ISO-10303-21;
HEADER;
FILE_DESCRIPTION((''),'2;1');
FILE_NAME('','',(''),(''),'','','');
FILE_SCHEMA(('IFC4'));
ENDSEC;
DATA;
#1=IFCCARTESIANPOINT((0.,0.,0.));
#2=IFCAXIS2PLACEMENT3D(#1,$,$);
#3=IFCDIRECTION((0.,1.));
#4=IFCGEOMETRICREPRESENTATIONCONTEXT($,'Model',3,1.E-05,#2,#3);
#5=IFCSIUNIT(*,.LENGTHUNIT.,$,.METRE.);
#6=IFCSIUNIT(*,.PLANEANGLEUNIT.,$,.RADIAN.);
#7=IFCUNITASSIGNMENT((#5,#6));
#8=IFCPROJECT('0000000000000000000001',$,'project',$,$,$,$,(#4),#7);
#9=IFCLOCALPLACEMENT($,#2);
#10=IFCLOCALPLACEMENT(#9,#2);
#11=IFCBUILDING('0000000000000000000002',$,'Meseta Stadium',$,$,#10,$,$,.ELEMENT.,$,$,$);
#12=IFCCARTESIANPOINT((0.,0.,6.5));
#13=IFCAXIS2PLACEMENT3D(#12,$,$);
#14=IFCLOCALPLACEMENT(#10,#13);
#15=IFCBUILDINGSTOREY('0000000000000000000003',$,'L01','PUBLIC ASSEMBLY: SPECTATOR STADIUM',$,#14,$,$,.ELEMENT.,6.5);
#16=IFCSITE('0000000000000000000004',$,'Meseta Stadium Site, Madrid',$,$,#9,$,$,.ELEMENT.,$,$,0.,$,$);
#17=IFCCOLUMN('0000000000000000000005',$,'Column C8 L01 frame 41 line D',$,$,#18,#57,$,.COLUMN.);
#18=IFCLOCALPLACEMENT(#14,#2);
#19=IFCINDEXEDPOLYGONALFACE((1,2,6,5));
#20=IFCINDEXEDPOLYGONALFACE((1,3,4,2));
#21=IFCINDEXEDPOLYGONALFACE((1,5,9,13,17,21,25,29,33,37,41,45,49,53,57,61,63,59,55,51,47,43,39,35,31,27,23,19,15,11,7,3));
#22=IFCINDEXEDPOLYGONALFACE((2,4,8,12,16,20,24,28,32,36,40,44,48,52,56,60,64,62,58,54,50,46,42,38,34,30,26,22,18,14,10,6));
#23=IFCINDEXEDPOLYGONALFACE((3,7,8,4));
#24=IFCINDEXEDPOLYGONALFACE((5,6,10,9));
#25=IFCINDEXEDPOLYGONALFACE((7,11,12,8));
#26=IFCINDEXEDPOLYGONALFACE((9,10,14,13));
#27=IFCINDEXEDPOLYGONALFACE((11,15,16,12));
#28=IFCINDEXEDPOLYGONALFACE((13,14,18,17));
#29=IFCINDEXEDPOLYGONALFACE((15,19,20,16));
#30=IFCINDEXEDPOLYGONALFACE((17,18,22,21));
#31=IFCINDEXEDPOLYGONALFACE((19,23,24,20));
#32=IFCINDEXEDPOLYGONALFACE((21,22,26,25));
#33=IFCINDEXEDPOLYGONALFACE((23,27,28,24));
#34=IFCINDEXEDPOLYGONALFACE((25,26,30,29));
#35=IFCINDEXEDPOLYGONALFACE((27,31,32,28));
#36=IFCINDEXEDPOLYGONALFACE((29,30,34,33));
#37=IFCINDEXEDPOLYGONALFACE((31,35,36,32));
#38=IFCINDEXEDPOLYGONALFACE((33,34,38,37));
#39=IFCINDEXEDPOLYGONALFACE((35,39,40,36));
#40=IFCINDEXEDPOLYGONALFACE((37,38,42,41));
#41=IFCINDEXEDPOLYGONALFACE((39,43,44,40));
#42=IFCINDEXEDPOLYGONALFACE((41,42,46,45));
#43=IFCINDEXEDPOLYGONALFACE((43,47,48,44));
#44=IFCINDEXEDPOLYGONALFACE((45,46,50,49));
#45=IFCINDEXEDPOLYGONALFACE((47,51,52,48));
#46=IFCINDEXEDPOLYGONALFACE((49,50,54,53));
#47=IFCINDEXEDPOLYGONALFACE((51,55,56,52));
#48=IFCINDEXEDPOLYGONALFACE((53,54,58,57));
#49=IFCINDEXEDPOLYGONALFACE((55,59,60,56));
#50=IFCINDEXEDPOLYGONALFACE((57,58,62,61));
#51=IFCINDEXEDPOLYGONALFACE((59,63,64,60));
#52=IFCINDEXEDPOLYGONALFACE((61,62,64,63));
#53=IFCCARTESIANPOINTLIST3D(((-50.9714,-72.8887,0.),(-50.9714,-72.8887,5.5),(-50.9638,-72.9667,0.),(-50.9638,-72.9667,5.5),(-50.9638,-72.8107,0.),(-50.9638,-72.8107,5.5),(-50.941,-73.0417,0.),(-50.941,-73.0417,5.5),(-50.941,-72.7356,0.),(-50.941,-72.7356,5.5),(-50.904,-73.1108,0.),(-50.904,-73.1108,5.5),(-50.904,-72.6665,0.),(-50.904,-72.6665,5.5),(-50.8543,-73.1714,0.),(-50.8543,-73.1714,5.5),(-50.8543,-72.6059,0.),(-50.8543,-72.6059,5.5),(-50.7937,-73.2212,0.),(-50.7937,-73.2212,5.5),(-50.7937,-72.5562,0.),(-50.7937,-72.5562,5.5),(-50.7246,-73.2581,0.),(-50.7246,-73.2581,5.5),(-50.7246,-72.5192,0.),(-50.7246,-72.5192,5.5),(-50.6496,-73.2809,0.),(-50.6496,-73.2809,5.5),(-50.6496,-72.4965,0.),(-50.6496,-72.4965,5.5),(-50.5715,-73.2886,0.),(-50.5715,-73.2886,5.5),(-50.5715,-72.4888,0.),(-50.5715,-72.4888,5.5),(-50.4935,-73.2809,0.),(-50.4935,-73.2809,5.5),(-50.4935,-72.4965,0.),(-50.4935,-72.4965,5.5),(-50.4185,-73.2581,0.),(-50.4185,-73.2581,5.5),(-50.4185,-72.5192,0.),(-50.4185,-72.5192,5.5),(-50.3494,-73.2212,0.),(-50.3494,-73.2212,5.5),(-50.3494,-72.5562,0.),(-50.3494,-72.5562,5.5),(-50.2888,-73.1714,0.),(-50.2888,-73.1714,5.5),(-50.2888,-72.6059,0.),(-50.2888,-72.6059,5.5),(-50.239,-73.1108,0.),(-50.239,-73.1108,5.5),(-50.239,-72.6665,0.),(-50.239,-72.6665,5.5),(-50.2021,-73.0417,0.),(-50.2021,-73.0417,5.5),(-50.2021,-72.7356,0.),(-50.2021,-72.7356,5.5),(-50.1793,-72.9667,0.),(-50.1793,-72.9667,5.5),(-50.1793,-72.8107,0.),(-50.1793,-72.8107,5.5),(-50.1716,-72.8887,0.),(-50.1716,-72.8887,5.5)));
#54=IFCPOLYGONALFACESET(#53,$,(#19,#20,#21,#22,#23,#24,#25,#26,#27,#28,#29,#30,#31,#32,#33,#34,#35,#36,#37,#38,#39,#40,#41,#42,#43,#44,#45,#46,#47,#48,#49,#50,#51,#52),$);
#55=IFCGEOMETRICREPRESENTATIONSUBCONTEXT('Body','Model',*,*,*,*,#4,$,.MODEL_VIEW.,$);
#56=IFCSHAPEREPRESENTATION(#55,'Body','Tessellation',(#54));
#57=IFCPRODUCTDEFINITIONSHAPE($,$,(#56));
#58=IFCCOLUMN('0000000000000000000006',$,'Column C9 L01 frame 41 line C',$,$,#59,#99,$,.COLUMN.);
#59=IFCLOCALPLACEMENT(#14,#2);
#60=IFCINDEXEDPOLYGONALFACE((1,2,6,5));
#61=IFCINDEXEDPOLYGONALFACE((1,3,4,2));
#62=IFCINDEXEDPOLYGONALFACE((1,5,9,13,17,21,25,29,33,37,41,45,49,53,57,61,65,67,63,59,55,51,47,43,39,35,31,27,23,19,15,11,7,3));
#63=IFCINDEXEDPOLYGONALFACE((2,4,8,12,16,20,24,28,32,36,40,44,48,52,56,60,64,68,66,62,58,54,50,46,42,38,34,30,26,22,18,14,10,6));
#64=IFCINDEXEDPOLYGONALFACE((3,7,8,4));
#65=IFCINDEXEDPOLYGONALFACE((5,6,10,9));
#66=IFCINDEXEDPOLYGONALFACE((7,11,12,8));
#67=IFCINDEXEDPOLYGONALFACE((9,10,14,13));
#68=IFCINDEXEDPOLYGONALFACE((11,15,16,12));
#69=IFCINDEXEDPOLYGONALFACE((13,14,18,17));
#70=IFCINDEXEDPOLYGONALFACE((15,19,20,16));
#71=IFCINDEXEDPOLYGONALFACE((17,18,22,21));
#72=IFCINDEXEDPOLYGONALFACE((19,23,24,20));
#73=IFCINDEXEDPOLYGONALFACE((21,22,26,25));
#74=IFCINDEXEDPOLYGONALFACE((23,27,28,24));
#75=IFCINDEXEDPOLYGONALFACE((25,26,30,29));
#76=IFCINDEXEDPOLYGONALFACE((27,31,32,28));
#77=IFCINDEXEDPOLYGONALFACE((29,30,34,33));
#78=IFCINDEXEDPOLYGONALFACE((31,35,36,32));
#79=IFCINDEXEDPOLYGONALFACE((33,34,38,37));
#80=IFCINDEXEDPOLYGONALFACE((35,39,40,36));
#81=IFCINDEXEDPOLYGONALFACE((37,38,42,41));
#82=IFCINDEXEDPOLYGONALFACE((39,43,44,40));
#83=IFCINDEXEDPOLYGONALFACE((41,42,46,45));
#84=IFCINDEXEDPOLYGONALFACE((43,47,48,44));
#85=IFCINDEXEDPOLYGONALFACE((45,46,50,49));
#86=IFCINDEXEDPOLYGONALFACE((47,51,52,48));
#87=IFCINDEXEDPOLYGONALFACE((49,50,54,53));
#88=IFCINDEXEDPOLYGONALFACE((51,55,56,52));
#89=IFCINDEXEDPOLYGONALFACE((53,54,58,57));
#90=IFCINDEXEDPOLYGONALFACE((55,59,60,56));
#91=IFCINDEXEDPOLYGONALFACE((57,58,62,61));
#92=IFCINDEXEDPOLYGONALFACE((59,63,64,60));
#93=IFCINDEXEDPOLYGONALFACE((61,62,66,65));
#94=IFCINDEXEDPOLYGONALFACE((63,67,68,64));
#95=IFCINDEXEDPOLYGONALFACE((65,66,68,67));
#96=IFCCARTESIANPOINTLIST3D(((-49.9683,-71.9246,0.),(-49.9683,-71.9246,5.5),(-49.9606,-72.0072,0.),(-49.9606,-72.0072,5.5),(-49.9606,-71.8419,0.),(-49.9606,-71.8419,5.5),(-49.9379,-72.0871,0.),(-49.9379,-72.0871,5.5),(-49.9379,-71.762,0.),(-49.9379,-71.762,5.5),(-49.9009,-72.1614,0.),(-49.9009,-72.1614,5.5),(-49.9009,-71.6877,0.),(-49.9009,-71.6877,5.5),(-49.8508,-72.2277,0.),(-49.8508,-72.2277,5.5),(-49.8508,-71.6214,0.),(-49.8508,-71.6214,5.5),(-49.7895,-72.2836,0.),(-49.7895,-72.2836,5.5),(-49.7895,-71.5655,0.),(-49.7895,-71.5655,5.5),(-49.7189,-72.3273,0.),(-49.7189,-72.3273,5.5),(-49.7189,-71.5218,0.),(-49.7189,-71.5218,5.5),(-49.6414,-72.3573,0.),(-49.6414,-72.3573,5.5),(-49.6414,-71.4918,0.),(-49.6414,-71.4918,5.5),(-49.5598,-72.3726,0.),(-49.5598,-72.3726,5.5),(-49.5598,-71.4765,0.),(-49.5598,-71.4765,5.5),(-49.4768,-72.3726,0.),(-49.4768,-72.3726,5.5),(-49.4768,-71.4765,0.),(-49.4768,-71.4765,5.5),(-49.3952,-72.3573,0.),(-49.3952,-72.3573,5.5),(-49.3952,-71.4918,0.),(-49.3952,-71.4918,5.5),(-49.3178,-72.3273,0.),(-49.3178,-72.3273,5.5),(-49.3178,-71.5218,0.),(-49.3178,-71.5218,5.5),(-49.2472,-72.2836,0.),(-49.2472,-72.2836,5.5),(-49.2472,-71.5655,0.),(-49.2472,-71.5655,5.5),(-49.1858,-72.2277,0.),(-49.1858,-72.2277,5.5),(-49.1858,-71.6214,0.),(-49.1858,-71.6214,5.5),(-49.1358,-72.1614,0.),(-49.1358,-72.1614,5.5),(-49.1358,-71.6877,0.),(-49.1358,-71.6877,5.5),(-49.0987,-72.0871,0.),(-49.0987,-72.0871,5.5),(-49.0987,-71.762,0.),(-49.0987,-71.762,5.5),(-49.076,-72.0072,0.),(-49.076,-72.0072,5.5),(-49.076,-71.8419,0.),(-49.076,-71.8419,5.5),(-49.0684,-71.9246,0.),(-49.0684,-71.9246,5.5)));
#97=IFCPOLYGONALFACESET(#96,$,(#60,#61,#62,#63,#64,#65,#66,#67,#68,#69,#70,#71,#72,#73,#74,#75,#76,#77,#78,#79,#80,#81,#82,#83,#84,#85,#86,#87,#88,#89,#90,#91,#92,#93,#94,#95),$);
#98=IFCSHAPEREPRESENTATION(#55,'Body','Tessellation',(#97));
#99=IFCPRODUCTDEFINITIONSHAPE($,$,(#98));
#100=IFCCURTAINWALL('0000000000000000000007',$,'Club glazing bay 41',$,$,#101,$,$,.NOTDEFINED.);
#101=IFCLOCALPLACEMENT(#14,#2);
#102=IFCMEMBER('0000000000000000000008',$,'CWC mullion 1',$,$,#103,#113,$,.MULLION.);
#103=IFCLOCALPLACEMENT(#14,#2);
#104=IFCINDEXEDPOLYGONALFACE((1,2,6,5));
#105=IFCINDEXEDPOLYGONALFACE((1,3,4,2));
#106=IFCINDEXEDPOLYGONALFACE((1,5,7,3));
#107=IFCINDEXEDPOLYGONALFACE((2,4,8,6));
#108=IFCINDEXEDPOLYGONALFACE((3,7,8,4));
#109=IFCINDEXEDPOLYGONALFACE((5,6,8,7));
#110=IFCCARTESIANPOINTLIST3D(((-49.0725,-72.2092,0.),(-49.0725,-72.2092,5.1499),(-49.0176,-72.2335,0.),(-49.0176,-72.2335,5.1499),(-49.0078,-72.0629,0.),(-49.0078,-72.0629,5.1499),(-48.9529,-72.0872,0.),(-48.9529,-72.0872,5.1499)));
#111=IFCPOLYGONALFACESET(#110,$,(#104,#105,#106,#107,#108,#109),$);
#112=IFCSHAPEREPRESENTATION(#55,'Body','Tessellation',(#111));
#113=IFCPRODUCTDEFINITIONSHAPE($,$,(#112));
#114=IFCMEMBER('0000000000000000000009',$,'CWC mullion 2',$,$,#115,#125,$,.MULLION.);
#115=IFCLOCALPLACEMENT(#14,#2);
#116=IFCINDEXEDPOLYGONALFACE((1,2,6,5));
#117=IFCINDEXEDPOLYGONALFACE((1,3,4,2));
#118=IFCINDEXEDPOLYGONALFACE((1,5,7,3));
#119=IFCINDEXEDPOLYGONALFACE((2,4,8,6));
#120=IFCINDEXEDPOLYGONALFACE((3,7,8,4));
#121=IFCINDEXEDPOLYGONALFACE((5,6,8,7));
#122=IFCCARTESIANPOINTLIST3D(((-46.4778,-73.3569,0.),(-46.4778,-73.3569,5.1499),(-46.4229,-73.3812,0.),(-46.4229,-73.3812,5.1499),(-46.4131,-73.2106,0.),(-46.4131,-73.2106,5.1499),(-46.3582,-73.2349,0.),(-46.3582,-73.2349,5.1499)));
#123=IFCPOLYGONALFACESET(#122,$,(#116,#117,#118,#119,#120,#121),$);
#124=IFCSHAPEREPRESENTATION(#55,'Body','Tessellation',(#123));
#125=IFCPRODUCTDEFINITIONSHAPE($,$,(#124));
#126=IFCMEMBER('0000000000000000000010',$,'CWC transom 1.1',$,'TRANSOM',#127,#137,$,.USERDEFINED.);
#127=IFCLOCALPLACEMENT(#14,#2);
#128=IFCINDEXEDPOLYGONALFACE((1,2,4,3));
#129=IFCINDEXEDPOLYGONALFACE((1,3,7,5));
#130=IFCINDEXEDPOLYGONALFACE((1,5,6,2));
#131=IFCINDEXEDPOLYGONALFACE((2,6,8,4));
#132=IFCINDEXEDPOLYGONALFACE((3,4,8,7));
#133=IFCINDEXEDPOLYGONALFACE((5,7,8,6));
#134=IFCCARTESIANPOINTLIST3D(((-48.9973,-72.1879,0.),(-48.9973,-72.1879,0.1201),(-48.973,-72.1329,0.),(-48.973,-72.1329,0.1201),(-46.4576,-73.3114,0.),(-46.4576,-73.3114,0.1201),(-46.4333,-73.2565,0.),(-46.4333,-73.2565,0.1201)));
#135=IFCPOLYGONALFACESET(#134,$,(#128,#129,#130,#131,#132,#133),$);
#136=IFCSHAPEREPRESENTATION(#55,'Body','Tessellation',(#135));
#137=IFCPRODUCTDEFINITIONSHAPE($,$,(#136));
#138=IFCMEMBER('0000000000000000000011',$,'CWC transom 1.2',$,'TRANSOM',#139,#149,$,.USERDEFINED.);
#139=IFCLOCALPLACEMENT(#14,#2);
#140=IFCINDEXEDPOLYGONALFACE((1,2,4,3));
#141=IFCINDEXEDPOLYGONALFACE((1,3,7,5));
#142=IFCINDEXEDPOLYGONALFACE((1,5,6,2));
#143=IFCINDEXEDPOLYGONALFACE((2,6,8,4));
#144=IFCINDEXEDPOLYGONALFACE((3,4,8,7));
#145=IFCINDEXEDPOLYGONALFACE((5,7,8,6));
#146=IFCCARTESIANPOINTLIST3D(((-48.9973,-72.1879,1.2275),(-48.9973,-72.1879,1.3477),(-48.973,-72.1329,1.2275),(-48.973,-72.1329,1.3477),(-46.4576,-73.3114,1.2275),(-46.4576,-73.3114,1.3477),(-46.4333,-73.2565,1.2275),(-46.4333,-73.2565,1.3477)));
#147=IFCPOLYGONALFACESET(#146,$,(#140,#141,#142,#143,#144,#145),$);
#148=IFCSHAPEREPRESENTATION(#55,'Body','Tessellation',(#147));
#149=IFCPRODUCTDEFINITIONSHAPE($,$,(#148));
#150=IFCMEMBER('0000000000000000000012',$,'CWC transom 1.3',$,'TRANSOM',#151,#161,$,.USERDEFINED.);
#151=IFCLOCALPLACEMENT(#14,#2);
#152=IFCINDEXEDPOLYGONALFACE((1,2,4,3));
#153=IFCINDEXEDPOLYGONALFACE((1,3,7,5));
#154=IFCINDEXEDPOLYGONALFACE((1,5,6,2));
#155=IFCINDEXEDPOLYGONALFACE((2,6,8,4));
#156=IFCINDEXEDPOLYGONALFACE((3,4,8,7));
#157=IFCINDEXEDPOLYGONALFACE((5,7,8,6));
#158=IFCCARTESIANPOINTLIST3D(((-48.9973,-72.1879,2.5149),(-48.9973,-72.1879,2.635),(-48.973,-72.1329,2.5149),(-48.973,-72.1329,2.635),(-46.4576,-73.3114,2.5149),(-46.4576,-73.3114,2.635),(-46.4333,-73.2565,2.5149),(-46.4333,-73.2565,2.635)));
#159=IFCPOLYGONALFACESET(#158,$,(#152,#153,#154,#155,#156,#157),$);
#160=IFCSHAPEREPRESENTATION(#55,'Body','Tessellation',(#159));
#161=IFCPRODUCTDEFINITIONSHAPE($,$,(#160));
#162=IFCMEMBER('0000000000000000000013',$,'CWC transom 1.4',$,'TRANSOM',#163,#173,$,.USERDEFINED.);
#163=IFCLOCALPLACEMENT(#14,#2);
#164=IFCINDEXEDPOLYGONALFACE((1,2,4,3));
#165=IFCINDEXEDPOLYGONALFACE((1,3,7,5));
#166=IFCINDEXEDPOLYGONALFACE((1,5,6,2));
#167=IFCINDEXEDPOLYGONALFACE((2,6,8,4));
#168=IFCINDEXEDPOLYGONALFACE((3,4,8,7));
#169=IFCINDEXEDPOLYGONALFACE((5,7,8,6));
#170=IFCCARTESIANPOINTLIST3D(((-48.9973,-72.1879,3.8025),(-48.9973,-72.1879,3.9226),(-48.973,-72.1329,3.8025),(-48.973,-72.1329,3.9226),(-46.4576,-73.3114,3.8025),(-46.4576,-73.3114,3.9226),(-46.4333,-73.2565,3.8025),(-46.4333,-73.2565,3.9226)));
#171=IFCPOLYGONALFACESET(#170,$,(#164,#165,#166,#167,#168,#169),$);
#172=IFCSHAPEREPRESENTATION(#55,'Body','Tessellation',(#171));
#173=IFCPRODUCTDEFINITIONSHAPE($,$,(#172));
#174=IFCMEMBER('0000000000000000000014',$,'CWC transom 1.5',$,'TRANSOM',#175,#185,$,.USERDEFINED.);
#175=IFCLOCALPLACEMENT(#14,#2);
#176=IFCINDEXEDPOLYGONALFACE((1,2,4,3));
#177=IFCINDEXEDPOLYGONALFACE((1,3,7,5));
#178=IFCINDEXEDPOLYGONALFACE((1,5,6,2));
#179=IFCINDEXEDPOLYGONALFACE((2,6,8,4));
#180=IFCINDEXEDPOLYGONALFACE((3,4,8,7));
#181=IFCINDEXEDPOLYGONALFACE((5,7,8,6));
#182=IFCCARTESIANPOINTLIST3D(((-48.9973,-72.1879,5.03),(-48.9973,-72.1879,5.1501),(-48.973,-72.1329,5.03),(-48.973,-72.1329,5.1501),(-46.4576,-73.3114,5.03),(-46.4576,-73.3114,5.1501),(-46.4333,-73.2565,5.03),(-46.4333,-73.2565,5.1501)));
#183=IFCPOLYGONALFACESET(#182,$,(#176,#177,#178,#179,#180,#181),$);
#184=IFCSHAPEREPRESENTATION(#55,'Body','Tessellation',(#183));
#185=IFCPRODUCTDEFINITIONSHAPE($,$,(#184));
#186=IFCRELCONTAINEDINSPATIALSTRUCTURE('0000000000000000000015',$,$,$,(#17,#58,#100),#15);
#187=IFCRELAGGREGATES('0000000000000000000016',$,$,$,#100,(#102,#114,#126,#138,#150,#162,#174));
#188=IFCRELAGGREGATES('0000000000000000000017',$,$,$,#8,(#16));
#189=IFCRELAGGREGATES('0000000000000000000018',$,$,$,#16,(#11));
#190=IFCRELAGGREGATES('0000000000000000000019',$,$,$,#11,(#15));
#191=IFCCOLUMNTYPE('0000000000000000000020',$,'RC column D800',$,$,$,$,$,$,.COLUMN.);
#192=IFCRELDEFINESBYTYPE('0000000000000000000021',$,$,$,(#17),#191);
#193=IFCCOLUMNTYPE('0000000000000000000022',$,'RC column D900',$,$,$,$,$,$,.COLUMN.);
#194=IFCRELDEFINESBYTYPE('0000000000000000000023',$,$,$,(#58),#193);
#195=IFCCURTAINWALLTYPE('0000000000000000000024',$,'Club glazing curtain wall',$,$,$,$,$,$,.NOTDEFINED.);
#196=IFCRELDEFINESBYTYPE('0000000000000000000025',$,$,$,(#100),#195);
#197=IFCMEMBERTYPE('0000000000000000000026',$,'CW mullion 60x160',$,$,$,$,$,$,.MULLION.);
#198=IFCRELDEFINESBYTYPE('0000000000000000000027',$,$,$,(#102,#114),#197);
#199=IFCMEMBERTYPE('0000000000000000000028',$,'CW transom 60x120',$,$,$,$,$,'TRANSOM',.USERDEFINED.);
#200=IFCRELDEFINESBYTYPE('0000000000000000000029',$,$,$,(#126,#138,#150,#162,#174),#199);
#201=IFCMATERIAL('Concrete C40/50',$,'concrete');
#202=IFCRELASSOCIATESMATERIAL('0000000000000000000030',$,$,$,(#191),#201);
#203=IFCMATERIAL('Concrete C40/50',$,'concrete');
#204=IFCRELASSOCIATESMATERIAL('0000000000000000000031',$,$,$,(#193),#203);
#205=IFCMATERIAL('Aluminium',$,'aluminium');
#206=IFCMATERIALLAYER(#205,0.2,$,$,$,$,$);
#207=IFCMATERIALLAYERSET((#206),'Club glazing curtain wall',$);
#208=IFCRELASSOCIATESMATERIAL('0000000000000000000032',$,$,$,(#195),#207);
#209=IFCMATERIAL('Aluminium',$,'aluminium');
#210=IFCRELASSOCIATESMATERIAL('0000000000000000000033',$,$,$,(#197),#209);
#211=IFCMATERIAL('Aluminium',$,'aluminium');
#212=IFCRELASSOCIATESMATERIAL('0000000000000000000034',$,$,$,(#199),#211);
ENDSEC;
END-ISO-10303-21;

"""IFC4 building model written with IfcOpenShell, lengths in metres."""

from ifc_helpers import new_model, si_unit, direction, frame, origin, origin_2d, place, context, subcontext, project, spatial, rectangle, circle, extrude, material, layer, layer_set, material_profile, profile_set, type_object, element, aggregate, save


model = new_model("IFC4")

# Units and contexts
model_context = context("Model", 3, precision=1e-05, world=origin(), true_north=direction((0.0, 1.0)))
body_context = subcontext(model_context, "Body", "Model", "MODEL_VIEW")
ifc_project = project(units=[si_unit("LENGTHUNIT", "METRE"), si_unit("PLANEANGLEUNIT", "RADIAN")], contexts=[model_context])

# Site, building, storey
site_placement = place(None, origin())
site = spatial("IfcSite", under=ifc_project, at=site_placement, Name="Meseta Stadium Site, Madrid", CompositionType="ELEMENT", RefElevation=0.0)
building_placement = place(site_placement, origin())
building = spatial("IfcBuilding", under=site, at=building_placement, Name="Meseta Stadium", CompositionType="ELEMENT")
storey_placement = place(building_placement, frame((0.0, 0.0, 6.5)))
storey = spatial("IfcBuildingStorey", under=building, at=storey_placement, Name="L01", Description="PUBLIC ASSEMBLY: SPECTATOR STADIUM", CompositionType="ELEMENT", Elevation=6.5)

# Columns
ifc_material_1 = material(Name="Concrete C40/50", Category="concrete")
ifc_material_profile_1 = material_profile(ifc_material_1, circle(Radius=0.3999, at=origin_2d()), Name="RC D800")
ifc_profile_set_1 = profile_set([ifc_material_profile_1], Name="Concrete C40/50")
column_type_1 = type_object("IfcColumnType", Name="RC column D800", PredefinedType="COLUMN", material=ifc_profile_set_1)
column_1_placement = place(storey_placement, frame((-50.5715, -72.8887, 0.0), z_axis=(0.0, 0.0, 1.0), x_axis=(1.0, 0.0, 0.0)))
element("IfcColumn", 1, at=column_1_placement, inside=storey, type_object=column_type_1, Name="Column C8 L01 frame 41 line D", PredefinedType="COLUMN", context=body_context, shape_type="SweptSolid", body=[
    extrude(circle(Radius=0.3999, at=origin_2d()), origin(), (0.0, 0.0, 1.0), 5.5),
])
ifc_material_2 = material(Name="Concrete C40/50", Category="concrete")
ifc_material_profile_2 = material_profile(ifc_material_2, circle(Radius=0.45, at=origin_2d()), Name="RC D900")
ifc_profile_set_2 = profile_set([ifc_material_profile_2], Name="Concrete C40/50")
column_type_2 = type_object("IfcColumnType", Name="RC column D900", PredefinedType="COLUMN", material=ifc_profile_set_2)
column_2_placement = place(storey_placement, frame((-49.5183, -71.9246, 0.0), z_axis=(0.0, 0.0, 1.0), x_axis=(1.0, 0.0, 0.0)))
element("IfcColumn", 2, at=column_2_placement, inside=storey, type_object=column_type_2, Name="Column C9 L01 frame 41 line C", PredefinedType="COLUMN", context=body_context, shape_type="SweptSolid", body=[
    extrude(circle(Radius=0.45, at=origin_2d()), origin(), (0.0, 0.0, 1.0), 5.5),
])

# Curtain wall, members
ifc_material_3 = material(Name="Aluminium", Category="aluminium")
ifc_layer_1 = layer(ifc_material_3, 0.2)
ifc_layer_set_1 = layer_set([ifc_layer_1], Name="Club glazing curtain wall")
curtain_wall_type = type_object("IfcCurtainWallType", Name="Club glazing curtain wall", PredefinedType="NOTDEFINED", material=ifc_layer_set_1)
curtain_wall_placement = place(storey_placement, origin())
curtain_wall = element("IfcCurtainWall", 3, at=curtain_wall_placement, inside=storey, type_object=curtain_wall_type, Name="Club glazing bay 41", PredefinedType="NOTDEFINED")
ifc_material_4 = material(Name="Aluminium", Category="aluminium")
ifc_material_profile_3 = material_profile(ifc_material_4, rectangle(XDim=0.1599, YDim=0.0601, at=origin_2d()), Name="CW 160x60")
ifc_profile_set_3 = profile_set([ifc_material_profile_3], Name="Aluminium")
member_type_1 = type_object("IfcMemberType", Name="CW mullion 60x160", PredefinedType="MULLION", material=ifc_profile_set_3)
member_1_placement = place(storey_placement, frame((-49.0127, -72.1482, 0.0), z_axis=(0.0, 0.0, 1.0), x_axis=(0.404524, 0.914527, 0.0)))
member_1 = element("IfcMember", 4, at=member_1_placement, type_object=member_type_1, Name="CWC mullion 1", PredefinedType="MULLION", context=body_context, shape_type="SweptSolid", body=[
    extrude(rectangle(XDim=0.1599, YDim=0.0601, at=origin_2d()), origin(), (0.0, 0.0, 1.0), 5.1499),
])
member_2_placement = place(storey_placement, frame((-46.418, -73.2959, 0.0), z_axis=(0.0, 0.0, 1.0), x_axis=(0.404524, 0.914527, 0.0)))
member_2 = element("IfcMember", 5, at=member_2_placement, type_object=member_type_1, Name="CWC mullion 2", PredefinedType="MULLION", context=body_context, shape_type="SweptSolid", body=[
    extrude(rectangle(XDim=0.1599, YDim=0.0601, at=origin_2d()), origin(), (0.0, 0.0, 1.0), 5.1499),
])
ifc_material_5 = material(Name="Aluminium", Category="aluminium")
ifc_material_profile_4 = material_profile(ifc_material_5, rectangle(XDim=0.0601, YDim=0.1201, at=origin_2d()), Name="CW 60x120")
ifc_profile_set_4 = profile_set([ifc_material_profile_4], Name="Aluminium")
member_type_2 = type_object("IfcMemberType", Name="CW transom 60x120", ElementType="TRANSOM", PredefinedType="USERDEFINED", material=ifc_profile_set_4)
member_3_placement = place(storey_placement, frame((-48.9851, -72.1604, 0.0601), z_axis=(0.914499, -0.404588, 0.0), x_axis=(0.404588, 0.914499, 0.0)))
member_3 = element("IfcMember", 6, at=member_3_placement, type_object=member_type_2, Name="CWC transom 1.1", ObjectType="TRANSOM", PredefinedType="USERDEFINED", context=body_context, shape_type="SweptSolid", body=[
    extrude(rectangle(XDim=0.0601, YDim=0.1201, at=origin_2d()), origin(), (0.0, 0.0, 1.0), 2.7771),
])
member_4_placement = place(storey_placement, frame((-48.9851, -72.1604, 1.2876), z_axis=(0.914499, -0.404588, 0.0), x_axis=(0.404588, 0.914499, 0.0)))
member_4 = element("IfcMember", 7, at=member_4_placement, type_object=member_type_2, Name="CWC transom 1.2", ObjectType="TRANSOM", PredefinedType="USERDEFINED", context=body_context, shape_type="SweptSolid", body=[
    extrude(rectangle(XDim=0.0601, YDim=0.1201, at=origin_2d()), origin(), (0.0, 0.0, 1.0), 2.7771),
])
member_5_placement = place(storey_placement, frame((-48.9851, -72.1604, 2.575), z_axis=(0.914499, -0.404588, 0.0), x_axis=(0.404588, 0.914499, 0.0)))
member_5 = element("IfcMember", 8, at=member_5_placement, type_object=member_type_2, Name="CWC transom 1.3", ObjectType="TRANSOM", PredefinedType="USERDEFINED", context=body_context, shape_type="SweptSolid", body=[
    extrude(rectangle(XDim=0.0601, YDim=0.1201, at=origin_2d()), origin(), (0.0, 0.0, 1.0), 2.7771),
])
member_6_placement = place(storey_placement, frame((-48.9851, -72.1604, 3.8625), z_axis=(0.914499, -0.404588, 0.0), x_axis=(0.404588, 0.914499, 0.0)))
member_6 = element("IfcMember", 9, at=member_6_placement, type_object=member_type_2, Name="CWC transom 1.4", ObjectType="TRANSOM", PredefinedType="USERDEFINED", context=body_context, shape_type="SweptSolid", body=[
    extrude(rectangle(XDim=0.0601, YDim=0.1201, at=origin_2d()), origin(), (0.0, 0.0, 1.0), 2.7771),
])
member_7_placement = place(storey_placement, frame((-48.9851, -72.1604, 5.0901), z_axis=(0.914499, -0.404588, 0.0), x_axis=(0.404588, 0.914499, 0.0)))
member_7 = element("IfcMember", 10, at=member_7_placement, type_object=member_type_2, Name="CWC transom 1.5", ObjectType="TRANSOM", PredefinedType="USERDEFINED", context=body_context, shape_type="SweptSolid", body=[
    extrude(rectangle(XDim=0.0601, YDim=0.1201, at=origin_2d()), origin(), (0.0, 0.0, 1.0), 2.7771),
])

aggregate(curtain_wall, [member_1, member_2, member_3, member_4, member_5, member_6, member_7])

save(model, "model.ifc")
